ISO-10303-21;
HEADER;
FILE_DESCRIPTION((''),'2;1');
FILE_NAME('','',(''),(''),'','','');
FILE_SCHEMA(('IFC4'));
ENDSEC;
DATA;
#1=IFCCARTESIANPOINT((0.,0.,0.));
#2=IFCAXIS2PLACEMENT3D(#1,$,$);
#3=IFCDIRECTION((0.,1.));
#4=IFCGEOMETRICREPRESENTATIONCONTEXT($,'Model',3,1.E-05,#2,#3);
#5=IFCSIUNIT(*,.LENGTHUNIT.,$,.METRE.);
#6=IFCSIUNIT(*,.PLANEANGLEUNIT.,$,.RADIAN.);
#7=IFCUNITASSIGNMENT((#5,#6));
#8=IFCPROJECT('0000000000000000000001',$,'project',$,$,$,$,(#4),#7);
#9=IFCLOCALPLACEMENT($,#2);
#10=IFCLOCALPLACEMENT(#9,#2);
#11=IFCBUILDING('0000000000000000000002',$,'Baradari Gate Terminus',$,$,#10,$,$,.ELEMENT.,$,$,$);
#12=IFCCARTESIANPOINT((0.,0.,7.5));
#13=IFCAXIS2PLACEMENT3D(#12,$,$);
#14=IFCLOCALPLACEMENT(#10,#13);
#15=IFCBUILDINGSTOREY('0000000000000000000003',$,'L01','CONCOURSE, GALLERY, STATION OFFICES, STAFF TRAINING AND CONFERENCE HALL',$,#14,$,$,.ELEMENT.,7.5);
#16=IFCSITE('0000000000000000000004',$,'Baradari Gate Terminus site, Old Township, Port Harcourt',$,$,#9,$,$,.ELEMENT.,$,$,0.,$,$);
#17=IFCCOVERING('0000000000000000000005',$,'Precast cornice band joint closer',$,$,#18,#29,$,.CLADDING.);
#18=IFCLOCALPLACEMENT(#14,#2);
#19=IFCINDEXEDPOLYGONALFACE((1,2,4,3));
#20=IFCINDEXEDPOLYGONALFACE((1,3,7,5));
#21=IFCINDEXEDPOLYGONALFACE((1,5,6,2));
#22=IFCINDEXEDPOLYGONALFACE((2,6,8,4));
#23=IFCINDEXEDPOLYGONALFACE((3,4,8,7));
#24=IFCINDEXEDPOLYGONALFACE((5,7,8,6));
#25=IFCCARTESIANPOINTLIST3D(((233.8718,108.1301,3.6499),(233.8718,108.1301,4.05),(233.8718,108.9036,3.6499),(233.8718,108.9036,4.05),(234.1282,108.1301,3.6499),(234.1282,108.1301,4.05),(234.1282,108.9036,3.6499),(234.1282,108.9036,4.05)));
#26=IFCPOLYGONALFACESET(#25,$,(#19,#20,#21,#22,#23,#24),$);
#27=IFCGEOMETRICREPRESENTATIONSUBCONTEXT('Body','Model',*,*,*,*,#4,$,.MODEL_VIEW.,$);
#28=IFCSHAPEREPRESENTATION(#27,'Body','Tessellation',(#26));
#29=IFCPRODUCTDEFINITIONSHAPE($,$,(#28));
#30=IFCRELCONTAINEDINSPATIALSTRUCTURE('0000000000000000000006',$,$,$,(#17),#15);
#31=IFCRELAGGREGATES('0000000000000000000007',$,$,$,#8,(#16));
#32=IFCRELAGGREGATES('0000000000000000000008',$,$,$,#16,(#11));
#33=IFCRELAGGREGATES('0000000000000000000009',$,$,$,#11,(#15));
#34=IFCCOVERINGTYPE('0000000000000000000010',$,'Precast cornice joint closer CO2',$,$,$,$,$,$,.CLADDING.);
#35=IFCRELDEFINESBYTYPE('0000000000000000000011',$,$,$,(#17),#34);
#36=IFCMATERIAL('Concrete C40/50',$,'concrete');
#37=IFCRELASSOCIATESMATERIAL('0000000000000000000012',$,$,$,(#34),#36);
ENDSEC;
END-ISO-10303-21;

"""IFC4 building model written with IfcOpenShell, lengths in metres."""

from ifc_helpers import new_model, si_unit, direction, frame, origin, place, context, subcontext, project, spatial, polyline, outline, extrude, material, type_object, element, save


model = new_model("IFC4")

# Units and contexts
model_context = context("Model", 3, precision=1e-05, world=origin(), true_north=direction((0.0, 1.0)))
body_context = subcontext(model_context, "Body", "Model", "MODEL_VIEW")
ifc_project = project(units=[si_unit("LENGTHUNIT", "METRE"), si_unit("PLANEANGLEUNIT", "RADIAN")], contexts=[model_context])

# Site, building, storey
site_placement = place(None, origin())
site = spatial("IfcSite", under=ifc_project, at=site_placement, Name="Baradari Gate Terminus site, Old Township, Port Harcourt", CompositionType="ELEMENT", RefElevation=0.0)
building_placement = place(site_placement, origin())
building = spatial("IfcBuilding", under=site, at=building_placement, Name="Baradari Gate Terminus", CompositionType="ELEMENT")
storey_placement = place(building_placement, frame((0.0, 0.0, 7.5)))
storey = spatial("IfcBuildingStorey", under=building, at=storey_placement, Name="L01", Description="CONCOURSE, GALLERY, STATION OFFICES, STAFF TRAINING AND CONFERENCE HALL", CompositionType="ELEMENT", Elevation=7.5)

# Covering
ifc_material_1 = material(Name="Concrete C40/50", Category="concrete")
covering_type = type_object("IfcCoveringType", Name="Precast cornice joint closer CO2", PredefinedType="CLADDING", material=ifc_material_1)
covering_1_placement = place(storey_placement, frame((0.0, 0.0, 3.6499)))
element("IfcCovering", 1, at=covering_1_placement, inside=storey, type_object=covering_type, Name="Precast cornice band joint closer", PredefinedType="CLADDING", context=body_context, shape_type="SweptSolid", body=[
    extrude(outline(polyline([(233.8718, 108.9036), (234.1282, 108.9036), (234.1282, 108.1301), (233.8718, 108.1301), (233.8718, 108.9036)])), origin(), (0.0, 0.0, 1.0), 0.4001),
])

save(model, "model.ifc")
